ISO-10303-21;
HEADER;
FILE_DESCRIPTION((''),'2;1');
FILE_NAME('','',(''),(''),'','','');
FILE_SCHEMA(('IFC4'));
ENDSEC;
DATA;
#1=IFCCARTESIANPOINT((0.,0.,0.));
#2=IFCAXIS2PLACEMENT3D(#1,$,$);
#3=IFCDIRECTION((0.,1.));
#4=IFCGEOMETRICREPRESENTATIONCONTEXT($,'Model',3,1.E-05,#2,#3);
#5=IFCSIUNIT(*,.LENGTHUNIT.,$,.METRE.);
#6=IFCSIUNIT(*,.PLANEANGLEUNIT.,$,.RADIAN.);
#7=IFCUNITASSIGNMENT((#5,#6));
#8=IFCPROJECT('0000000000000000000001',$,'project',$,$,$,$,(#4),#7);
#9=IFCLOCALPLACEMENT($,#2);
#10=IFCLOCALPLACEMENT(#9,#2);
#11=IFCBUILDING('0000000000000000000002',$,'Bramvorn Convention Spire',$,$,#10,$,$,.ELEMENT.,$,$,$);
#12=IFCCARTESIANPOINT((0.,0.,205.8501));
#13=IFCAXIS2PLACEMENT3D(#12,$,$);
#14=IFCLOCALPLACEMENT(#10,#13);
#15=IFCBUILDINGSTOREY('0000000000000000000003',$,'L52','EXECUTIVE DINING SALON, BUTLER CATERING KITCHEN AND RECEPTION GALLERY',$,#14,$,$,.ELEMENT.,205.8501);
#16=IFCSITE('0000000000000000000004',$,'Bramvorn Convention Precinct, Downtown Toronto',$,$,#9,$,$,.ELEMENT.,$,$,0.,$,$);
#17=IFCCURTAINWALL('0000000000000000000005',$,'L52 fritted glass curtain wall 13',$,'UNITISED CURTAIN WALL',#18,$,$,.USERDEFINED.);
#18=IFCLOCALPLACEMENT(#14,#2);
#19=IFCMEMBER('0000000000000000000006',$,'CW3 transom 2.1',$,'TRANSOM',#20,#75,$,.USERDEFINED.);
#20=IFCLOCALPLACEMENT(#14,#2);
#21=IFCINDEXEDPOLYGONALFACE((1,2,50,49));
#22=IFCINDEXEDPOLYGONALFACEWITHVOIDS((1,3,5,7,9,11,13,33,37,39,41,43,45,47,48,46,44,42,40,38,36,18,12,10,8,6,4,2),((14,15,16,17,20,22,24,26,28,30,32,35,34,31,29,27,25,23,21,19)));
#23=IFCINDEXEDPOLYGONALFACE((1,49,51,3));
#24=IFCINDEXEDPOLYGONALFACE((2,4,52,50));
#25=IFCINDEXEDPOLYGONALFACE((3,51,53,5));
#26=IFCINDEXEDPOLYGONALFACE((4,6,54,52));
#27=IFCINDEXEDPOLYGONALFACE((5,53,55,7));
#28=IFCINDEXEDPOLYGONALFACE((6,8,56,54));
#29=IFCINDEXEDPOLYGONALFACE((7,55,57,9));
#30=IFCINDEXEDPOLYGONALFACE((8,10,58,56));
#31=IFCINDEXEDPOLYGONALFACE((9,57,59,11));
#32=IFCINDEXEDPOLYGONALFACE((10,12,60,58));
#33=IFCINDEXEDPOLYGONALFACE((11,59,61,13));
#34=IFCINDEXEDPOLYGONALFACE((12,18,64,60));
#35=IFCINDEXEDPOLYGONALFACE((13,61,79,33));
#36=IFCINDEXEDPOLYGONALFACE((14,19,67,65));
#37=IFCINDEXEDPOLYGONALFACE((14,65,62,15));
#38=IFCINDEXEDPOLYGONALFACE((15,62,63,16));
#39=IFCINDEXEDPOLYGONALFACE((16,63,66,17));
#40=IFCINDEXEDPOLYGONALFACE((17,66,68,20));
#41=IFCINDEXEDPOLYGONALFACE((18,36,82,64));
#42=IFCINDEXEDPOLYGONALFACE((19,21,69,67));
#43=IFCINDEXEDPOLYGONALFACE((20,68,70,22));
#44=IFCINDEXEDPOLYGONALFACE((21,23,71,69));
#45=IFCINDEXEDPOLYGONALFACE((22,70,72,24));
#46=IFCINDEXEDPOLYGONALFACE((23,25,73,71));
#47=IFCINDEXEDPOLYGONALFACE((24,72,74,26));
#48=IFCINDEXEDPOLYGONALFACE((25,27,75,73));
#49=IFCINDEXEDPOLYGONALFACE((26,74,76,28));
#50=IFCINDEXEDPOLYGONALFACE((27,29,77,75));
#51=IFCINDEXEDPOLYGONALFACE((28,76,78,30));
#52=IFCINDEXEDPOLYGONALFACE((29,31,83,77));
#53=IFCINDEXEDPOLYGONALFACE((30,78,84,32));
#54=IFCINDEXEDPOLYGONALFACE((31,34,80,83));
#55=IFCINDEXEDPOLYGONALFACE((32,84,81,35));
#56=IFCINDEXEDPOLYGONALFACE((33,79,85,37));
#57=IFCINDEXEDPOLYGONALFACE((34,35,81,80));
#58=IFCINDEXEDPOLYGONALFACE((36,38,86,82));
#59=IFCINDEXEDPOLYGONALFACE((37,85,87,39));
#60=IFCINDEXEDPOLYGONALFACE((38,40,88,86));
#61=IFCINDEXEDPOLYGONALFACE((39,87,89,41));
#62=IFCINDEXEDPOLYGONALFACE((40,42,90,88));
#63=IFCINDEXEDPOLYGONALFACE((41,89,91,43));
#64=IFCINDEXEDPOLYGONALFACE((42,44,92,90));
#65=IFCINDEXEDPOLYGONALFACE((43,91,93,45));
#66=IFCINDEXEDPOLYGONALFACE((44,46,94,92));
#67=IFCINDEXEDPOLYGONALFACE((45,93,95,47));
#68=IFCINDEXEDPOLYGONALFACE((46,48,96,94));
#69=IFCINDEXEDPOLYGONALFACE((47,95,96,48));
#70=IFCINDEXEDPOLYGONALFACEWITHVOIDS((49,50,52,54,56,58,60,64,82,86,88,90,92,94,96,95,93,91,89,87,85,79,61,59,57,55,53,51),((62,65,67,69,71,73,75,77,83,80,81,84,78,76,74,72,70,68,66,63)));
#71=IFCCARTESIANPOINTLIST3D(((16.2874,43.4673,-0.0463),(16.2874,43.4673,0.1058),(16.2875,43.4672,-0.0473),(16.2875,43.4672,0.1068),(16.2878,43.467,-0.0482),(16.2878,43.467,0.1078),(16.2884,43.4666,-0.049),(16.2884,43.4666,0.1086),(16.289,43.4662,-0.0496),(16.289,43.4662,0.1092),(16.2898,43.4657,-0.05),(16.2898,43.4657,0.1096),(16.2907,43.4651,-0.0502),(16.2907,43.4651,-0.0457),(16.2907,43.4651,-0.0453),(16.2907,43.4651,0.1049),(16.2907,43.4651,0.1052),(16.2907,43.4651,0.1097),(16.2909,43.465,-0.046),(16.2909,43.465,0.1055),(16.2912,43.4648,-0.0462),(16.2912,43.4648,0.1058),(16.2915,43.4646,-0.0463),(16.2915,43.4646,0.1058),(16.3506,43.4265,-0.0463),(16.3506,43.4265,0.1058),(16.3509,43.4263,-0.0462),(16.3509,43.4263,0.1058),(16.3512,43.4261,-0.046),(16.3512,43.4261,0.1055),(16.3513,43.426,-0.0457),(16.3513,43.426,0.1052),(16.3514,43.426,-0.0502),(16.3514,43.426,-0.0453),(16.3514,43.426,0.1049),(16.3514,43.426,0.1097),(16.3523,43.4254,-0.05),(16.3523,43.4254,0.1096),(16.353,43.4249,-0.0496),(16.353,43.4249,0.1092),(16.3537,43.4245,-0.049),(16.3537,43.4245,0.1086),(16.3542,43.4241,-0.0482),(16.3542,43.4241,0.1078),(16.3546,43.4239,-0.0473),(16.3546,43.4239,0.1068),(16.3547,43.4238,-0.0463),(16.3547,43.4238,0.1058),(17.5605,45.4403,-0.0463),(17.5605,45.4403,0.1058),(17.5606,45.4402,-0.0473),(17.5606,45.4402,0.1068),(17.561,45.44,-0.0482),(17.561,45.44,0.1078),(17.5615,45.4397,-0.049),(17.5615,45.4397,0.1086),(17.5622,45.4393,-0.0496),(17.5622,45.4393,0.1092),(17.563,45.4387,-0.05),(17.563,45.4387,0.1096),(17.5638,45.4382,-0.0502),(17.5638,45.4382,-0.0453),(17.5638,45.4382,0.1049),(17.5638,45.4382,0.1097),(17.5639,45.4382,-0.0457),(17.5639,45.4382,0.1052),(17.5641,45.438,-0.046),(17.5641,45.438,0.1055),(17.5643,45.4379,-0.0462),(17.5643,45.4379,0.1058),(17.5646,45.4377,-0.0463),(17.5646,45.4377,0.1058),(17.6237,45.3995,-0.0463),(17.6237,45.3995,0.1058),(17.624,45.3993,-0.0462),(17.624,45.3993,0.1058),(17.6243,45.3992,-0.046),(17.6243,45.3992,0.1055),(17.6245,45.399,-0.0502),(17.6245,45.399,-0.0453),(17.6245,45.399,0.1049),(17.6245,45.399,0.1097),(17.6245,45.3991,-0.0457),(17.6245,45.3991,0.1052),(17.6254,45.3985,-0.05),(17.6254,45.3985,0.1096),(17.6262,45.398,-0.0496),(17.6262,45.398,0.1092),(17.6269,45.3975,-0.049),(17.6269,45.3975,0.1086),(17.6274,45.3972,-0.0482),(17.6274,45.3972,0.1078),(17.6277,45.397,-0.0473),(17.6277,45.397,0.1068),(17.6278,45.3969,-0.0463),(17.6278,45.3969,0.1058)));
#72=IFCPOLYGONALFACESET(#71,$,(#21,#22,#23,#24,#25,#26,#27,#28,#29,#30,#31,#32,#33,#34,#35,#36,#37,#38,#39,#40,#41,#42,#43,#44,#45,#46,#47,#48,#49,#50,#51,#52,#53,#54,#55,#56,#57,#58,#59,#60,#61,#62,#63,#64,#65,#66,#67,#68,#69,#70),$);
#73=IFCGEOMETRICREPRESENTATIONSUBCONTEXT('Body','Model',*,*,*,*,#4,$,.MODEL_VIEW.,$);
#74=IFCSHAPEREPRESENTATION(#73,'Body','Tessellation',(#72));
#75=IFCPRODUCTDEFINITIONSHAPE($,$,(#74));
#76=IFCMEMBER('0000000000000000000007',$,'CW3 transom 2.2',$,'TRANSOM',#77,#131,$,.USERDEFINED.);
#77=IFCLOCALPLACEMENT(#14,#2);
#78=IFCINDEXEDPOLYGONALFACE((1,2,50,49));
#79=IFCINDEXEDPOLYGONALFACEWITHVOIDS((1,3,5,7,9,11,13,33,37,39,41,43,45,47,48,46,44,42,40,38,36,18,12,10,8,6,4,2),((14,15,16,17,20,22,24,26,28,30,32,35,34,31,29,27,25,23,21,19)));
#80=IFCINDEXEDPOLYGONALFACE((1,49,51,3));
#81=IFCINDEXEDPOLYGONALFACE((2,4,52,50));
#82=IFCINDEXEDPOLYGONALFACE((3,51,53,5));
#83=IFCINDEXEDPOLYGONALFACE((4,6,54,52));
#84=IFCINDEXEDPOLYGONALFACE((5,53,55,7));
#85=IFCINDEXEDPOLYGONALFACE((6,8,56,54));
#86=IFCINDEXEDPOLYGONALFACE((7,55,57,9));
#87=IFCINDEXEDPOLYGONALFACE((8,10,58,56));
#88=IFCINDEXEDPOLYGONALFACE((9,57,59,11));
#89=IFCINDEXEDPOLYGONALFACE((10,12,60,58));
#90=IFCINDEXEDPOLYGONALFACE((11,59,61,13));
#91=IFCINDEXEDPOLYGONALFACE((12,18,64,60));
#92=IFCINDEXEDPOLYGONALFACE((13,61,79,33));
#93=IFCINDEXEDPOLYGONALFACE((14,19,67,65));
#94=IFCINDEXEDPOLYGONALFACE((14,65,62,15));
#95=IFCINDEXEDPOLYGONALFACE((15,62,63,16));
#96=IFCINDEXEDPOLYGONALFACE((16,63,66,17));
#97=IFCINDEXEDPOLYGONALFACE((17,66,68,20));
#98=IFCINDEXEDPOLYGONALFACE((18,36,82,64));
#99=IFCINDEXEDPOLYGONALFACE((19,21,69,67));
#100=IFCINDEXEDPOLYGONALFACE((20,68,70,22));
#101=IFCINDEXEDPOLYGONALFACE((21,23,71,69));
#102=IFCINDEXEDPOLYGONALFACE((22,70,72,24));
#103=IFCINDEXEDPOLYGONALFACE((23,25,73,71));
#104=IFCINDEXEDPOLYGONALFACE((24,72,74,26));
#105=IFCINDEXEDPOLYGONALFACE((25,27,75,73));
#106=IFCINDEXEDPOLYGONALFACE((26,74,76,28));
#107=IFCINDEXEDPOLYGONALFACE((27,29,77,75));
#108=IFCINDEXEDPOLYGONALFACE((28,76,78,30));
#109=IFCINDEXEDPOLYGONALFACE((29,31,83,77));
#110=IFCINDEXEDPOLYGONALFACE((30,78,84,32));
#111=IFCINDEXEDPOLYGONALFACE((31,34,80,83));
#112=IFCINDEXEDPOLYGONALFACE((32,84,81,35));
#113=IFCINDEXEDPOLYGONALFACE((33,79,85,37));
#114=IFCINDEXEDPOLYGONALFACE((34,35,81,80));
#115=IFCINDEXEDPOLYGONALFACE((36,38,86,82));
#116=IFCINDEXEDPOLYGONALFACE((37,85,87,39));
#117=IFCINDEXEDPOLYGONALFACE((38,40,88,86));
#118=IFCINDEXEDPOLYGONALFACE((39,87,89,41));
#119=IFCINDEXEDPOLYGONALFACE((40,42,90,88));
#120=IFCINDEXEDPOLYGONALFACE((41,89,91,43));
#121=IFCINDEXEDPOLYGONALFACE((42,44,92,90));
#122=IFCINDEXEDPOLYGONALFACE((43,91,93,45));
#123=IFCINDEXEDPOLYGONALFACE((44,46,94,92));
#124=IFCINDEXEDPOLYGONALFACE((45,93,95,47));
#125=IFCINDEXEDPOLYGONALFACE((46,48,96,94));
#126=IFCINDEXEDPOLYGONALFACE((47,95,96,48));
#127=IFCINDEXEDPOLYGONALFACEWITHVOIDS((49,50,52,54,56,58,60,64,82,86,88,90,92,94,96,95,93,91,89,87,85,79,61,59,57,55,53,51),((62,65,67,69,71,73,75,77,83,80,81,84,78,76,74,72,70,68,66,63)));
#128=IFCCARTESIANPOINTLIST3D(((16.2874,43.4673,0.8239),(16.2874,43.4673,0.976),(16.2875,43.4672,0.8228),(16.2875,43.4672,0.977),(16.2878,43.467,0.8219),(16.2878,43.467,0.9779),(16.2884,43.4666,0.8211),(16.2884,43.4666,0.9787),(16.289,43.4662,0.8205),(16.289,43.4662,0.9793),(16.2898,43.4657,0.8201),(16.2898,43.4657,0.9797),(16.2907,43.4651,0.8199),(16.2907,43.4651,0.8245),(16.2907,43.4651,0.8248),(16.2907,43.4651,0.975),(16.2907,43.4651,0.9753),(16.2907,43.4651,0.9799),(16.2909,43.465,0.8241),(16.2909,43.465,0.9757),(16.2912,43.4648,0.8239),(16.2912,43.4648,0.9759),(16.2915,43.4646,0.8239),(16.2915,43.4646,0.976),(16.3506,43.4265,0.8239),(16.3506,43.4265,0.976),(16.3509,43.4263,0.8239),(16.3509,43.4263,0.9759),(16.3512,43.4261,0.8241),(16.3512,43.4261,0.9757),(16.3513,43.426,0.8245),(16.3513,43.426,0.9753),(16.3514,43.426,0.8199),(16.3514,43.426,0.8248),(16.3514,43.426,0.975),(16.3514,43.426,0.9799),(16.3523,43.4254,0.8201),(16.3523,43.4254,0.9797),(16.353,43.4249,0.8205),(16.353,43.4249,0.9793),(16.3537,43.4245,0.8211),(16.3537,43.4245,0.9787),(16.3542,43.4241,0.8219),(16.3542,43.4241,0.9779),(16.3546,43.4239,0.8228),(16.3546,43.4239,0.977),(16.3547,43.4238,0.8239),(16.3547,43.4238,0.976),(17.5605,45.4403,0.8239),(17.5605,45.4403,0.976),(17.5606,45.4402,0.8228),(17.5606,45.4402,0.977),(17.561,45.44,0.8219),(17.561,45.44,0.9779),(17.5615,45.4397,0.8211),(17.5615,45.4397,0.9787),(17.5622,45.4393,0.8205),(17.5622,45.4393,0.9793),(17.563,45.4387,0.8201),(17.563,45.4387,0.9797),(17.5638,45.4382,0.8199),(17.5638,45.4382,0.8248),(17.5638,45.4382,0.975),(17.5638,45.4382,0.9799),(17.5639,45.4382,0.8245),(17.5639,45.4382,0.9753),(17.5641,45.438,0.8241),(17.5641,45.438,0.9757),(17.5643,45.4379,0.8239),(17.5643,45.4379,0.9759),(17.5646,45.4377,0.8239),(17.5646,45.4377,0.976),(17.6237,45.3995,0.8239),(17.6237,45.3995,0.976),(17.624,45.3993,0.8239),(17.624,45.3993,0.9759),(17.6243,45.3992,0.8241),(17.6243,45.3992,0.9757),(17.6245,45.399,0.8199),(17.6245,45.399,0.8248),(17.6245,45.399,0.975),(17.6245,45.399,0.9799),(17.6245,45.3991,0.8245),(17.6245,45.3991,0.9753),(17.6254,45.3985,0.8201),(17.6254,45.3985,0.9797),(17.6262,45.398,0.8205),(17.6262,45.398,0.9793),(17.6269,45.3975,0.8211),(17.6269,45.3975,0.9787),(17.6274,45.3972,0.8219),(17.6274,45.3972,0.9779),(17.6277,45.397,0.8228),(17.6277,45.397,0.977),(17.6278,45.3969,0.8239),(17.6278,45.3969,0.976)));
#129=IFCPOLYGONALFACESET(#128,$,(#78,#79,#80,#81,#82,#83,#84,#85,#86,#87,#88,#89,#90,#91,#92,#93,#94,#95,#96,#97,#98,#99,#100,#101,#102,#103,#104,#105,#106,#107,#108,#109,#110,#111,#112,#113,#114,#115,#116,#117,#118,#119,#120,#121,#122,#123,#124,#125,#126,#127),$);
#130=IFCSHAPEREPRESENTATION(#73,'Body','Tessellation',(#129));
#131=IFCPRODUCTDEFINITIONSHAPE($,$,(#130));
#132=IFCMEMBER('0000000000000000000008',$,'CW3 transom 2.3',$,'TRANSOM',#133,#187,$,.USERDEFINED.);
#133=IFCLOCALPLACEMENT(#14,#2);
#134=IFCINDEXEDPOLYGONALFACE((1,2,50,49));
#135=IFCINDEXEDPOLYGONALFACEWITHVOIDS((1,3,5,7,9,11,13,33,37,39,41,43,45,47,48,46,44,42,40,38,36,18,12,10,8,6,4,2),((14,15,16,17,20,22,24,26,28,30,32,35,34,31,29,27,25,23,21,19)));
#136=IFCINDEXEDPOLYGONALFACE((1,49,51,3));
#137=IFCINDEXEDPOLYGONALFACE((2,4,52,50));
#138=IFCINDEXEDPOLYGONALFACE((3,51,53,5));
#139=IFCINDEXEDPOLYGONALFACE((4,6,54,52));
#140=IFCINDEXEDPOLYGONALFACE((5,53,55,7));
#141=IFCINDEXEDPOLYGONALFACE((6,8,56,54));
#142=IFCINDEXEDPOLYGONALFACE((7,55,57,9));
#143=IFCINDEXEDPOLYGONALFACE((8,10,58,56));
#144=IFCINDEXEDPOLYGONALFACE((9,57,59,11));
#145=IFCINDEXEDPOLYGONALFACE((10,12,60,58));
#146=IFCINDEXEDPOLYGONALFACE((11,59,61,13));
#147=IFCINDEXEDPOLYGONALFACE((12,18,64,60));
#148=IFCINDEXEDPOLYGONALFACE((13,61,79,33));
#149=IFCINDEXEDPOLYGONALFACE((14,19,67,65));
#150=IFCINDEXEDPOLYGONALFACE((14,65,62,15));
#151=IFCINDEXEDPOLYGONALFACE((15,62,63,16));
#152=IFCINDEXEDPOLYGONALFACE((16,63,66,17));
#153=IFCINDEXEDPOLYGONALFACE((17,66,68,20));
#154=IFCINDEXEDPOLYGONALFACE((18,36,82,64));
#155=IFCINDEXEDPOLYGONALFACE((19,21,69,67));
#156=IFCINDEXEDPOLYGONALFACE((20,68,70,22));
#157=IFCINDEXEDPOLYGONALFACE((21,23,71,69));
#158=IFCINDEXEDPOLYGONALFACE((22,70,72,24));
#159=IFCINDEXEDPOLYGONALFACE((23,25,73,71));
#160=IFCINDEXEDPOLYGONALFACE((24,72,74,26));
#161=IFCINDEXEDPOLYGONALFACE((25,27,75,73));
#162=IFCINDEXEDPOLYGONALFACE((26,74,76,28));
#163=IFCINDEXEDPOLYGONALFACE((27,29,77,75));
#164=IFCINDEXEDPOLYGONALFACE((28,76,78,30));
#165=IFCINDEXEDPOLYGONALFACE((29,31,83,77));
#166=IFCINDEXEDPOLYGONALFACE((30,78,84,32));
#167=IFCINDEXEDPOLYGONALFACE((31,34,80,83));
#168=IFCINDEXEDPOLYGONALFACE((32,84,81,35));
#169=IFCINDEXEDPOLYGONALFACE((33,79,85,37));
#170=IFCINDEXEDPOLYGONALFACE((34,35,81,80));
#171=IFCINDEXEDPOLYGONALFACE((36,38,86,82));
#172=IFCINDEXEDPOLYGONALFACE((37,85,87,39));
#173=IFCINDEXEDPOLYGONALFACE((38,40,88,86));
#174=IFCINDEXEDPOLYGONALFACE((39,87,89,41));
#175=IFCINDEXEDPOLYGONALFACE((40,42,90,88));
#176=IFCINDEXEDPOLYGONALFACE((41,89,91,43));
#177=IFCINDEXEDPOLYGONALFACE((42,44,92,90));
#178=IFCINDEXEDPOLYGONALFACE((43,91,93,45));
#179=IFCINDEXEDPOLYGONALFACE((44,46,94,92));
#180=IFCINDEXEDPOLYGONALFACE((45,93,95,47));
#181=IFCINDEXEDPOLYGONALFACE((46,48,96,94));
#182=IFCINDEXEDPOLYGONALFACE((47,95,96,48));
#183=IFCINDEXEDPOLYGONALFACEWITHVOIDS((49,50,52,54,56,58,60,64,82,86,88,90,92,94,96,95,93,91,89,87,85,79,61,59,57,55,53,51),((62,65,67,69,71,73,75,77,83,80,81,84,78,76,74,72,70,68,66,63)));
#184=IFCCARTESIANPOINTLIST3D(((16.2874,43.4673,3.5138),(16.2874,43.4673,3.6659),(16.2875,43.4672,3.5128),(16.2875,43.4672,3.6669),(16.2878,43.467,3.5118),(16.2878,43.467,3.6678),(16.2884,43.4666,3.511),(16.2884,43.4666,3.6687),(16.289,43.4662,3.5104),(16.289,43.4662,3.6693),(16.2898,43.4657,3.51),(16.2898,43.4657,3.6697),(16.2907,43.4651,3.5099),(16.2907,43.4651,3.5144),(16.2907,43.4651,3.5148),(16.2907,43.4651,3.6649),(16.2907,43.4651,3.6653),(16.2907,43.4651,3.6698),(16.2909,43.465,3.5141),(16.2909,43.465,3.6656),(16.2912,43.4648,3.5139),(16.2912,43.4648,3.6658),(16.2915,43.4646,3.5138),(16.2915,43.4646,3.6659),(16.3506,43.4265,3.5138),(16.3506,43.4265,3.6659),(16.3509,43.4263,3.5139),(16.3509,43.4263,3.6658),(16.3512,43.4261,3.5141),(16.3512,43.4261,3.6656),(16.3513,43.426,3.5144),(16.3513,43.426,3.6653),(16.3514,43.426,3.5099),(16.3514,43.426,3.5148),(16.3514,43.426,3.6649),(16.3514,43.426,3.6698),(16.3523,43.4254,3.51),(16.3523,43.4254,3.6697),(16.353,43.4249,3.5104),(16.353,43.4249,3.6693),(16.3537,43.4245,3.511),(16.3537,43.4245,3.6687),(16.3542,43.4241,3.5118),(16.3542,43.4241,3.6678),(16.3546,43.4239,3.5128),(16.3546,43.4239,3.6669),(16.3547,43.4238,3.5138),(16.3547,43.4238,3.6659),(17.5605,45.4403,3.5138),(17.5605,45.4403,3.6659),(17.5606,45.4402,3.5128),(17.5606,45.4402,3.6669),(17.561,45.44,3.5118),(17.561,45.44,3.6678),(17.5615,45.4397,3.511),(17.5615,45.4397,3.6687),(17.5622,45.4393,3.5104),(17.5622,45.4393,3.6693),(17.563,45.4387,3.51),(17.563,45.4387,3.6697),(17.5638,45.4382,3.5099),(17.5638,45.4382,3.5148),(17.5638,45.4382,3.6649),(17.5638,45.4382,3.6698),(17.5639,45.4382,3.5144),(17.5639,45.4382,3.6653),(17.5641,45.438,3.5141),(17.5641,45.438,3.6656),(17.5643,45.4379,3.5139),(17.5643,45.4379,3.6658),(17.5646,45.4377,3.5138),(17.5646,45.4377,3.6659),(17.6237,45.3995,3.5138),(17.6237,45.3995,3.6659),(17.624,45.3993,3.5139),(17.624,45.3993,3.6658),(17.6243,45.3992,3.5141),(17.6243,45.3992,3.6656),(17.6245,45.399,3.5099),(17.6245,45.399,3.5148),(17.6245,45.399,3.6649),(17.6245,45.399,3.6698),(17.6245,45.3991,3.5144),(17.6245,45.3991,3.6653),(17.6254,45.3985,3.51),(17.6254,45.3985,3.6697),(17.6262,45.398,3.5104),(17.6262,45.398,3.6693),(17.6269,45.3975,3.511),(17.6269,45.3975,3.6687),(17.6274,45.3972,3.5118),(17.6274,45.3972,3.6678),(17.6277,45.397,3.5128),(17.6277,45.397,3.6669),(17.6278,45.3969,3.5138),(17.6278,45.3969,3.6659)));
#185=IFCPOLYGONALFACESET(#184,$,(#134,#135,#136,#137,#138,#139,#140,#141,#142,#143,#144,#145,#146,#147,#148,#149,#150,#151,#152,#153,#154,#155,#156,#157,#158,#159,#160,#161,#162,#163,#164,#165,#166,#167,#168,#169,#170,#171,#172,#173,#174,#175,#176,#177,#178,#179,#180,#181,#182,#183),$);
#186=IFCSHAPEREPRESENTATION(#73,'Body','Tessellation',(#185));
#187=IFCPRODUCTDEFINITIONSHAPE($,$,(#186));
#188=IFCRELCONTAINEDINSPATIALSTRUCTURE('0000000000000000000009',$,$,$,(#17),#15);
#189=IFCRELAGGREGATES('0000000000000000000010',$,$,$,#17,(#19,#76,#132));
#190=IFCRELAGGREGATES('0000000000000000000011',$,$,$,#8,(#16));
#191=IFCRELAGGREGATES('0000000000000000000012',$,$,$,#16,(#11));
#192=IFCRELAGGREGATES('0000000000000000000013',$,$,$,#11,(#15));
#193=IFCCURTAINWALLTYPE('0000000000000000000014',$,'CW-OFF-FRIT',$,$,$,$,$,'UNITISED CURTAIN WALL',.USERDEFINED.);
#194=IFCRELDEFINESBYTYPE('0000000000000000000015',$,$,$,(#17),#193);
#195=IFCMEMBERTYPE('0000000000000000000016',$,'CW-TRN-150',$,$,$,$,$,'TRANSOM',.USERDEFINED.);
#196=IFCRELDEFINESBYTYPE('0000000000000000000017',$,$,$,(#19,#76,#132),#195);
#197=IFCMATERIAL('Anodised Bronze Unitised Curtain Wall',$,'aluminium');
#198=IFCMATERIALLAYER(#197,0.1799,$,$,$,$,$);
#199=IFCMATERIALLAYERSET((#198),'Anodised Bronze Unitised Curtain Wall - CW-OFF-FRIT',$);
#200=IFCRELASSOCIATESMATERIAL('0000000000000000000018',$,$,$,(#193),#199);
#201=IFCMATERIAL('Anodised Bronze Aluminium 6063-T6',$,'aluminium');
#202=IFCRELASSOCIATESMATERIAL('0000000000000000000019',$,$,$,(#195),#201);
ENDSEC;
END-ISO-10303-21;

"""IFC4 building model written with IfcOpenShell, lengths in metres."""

from ifc_helpers import new_model, si_unit, direction, frame, origin, origin_2d, place, context, subcontext, project, spatial, hollow_rectangle, extrude, material, layer, layer_set, material_profile, profile_set, type_object, element, aggregate, save


model = new_model("IFC4")

# Units and contexts
model_context = context("Model", 3, precision=1e-05, world=origin(), true_north=direction((0.0, 1.0)))
body_context = subcontext(model_context, "Body", "Model", "MODEL_VIEW")
ifc_project = project(units=[si_unit("LENGTHUNIT", "METRE"), si_unit("PLANEANGLEUNIT", "RADIAN")], contexts=[model_context])

# Site, building, storey
site_placement = place(None, origin())
site = spatial("IfcSite", under=ifc_project, at=site_placement, Name="Bramvorn Convention Precinct, Downtown Toronto", CompositionType="ELEMENT", RefElevation=0.0)
building_placement = place(site_placement, origin())
building = spatial("IfcBuilding", under=site, at=building_placement, Name="Bramvorn Convention Spire", CompositionType="ELEMENT")
storey_placement = place(building_placement, frame((0.0, 0.0, 205.8501)))
storey = spatial("IfcBuildingStorey", under=building, at=storey_placement, Name="L52", Description="EXECUTIVE DINING SALON, BUTLER CATERING KITCHEN AND RECEPTION GALLERY", CompositionType="ELEMENT", Elevation=205.8501)

# Curtain wall
ifc_material_1 = material(Name="Anodised Bronze Unitised Curtain Wall", Category="aluminium")
ifc_layer_1 = layer(ifc_material_1, 0.1799)
ifc_layer_set_1 = layer_set([ifc_layer_1], Name="Anodised Bronze Unitised Curtain Wall - CW-OFF-FRIT")
curtain_wall_type = type_object("IfcCurtainWallType", Name="CW-OFF-FRIT", ElementType="UNITISED CURTAIN WALL", PredefinedType="USERDEFINED", material=ifc_layer_set_1)
ifc_material_2 = material(Name="Anodised Bronze Aluminium 6063-T6", Category="aluminium")
curtain_wall_1_placement = place(storey_placement, origin())
curtain_wall_1 = element("IfcCurtainWall", 1, at=curtain_wall_1_placement, inside=storey, type_object=curtain_wall_type, Name="L52 fritted glass curtain wall 13", ObjectType="UNITISED CURTAIN WALL", PredefinedType="USERDEFINED")

# Members
ifc_material_profile_1 = material_profile(ifc_material_2, hollow_rectangle(XDim=0.0801, YDim=0.1599, WallThickness=0.0039, InnerFilletRadius=0.001, OuterFilletRadius=0.0039, at=origin_2d()))
ifc_profile_set_1 = profile_set([ifc_material_profile_1], Name="Anodised Bronze Aluminium 6063-T6 - CWT80X160")
member_type_1 = type_object("IfcMemberType", Name="CW-TRN-150", ElementType="TRANSOM", PredefinedType="USERDEFINED", material=ifc_profile_set_1)
member_1_placement = place(storey_placement, frame((16.321, 43.4456, 0.0298), z_axis=(0.542186, 0.840258, 0.0), x_axis=(-0.840258, 0.542186, 0.0)))
member_1 = element("IfcMember", 2, at=member_1_placement, type_object=member_type_1, Name="CW3 transom 2.1", ObjectType="TRANSOM", PredefinedType="USERDEFINED", context=body_context, shape_type="SweptSolid", body=[
    extrude(hollow_rectangle(XDim=0.0801, YDim=0.1599, WallThickness=0.0039, InnerFilletRadius=0.001, OuterFilletRadius=0.0039, at=origin_2d()), origin(), (0.0, 0.0, 1.0), 2.3481),
])
member_2_placement = place(storey_placement, frame((16.321, 43.4456, 0.8999), z_axis=(0.542186, 0.840258, 0.0), x_axis=(-0.840258, 0.542186, 0.0)))
member_2 = element("IfcMember", 3, at=member_2_placement, type_object=member_type_1, Name="CW3 transom 2.2", ObjectType="TRANSOM", PredefinedType="USERDEFINED", context=body_context, shape_type="SweptSolid", body=[
    extrude(hollow_rectangle(XDim=0.0801, YDim=0.1599, WallThickness=0.0039, InnerFilletRadius=0.001, OuterFilletRadius=0.0039, at=origin_2d()), origin(), (0.0, 0.0, 1.0), 2.3481),
])
member_3_placement = place(storey_placement, frame((16.321, 43.4456, 3.5898), z_axis=(0.542186, 0.840258, 0.0), x_axis=(-0.840258, 0.542186, 0.0)))
member_3 = element("IfcMember", 4, at=member_3_placement, type_object=member_type_1, Name="CW3 transom 2.3", ObjectType="TRANSOM", PredefinedType="USERDEFINED", context=body_context, shape_type="SweptSolid", body=[
    extrude(hollow_rectangle(XDim=0.0801, YDim=0.1599, WallThickness=0.0039, InnerFilletRadius=0.001, OuterFilletRadius=0.0039, at=origin_2d()), origin(), (0.0, 0.0, 1.0), 2.3481),
])

aggregate(curtain_wall_1, [member_1, member_2, member_3])

save(model, "model.ifc")
